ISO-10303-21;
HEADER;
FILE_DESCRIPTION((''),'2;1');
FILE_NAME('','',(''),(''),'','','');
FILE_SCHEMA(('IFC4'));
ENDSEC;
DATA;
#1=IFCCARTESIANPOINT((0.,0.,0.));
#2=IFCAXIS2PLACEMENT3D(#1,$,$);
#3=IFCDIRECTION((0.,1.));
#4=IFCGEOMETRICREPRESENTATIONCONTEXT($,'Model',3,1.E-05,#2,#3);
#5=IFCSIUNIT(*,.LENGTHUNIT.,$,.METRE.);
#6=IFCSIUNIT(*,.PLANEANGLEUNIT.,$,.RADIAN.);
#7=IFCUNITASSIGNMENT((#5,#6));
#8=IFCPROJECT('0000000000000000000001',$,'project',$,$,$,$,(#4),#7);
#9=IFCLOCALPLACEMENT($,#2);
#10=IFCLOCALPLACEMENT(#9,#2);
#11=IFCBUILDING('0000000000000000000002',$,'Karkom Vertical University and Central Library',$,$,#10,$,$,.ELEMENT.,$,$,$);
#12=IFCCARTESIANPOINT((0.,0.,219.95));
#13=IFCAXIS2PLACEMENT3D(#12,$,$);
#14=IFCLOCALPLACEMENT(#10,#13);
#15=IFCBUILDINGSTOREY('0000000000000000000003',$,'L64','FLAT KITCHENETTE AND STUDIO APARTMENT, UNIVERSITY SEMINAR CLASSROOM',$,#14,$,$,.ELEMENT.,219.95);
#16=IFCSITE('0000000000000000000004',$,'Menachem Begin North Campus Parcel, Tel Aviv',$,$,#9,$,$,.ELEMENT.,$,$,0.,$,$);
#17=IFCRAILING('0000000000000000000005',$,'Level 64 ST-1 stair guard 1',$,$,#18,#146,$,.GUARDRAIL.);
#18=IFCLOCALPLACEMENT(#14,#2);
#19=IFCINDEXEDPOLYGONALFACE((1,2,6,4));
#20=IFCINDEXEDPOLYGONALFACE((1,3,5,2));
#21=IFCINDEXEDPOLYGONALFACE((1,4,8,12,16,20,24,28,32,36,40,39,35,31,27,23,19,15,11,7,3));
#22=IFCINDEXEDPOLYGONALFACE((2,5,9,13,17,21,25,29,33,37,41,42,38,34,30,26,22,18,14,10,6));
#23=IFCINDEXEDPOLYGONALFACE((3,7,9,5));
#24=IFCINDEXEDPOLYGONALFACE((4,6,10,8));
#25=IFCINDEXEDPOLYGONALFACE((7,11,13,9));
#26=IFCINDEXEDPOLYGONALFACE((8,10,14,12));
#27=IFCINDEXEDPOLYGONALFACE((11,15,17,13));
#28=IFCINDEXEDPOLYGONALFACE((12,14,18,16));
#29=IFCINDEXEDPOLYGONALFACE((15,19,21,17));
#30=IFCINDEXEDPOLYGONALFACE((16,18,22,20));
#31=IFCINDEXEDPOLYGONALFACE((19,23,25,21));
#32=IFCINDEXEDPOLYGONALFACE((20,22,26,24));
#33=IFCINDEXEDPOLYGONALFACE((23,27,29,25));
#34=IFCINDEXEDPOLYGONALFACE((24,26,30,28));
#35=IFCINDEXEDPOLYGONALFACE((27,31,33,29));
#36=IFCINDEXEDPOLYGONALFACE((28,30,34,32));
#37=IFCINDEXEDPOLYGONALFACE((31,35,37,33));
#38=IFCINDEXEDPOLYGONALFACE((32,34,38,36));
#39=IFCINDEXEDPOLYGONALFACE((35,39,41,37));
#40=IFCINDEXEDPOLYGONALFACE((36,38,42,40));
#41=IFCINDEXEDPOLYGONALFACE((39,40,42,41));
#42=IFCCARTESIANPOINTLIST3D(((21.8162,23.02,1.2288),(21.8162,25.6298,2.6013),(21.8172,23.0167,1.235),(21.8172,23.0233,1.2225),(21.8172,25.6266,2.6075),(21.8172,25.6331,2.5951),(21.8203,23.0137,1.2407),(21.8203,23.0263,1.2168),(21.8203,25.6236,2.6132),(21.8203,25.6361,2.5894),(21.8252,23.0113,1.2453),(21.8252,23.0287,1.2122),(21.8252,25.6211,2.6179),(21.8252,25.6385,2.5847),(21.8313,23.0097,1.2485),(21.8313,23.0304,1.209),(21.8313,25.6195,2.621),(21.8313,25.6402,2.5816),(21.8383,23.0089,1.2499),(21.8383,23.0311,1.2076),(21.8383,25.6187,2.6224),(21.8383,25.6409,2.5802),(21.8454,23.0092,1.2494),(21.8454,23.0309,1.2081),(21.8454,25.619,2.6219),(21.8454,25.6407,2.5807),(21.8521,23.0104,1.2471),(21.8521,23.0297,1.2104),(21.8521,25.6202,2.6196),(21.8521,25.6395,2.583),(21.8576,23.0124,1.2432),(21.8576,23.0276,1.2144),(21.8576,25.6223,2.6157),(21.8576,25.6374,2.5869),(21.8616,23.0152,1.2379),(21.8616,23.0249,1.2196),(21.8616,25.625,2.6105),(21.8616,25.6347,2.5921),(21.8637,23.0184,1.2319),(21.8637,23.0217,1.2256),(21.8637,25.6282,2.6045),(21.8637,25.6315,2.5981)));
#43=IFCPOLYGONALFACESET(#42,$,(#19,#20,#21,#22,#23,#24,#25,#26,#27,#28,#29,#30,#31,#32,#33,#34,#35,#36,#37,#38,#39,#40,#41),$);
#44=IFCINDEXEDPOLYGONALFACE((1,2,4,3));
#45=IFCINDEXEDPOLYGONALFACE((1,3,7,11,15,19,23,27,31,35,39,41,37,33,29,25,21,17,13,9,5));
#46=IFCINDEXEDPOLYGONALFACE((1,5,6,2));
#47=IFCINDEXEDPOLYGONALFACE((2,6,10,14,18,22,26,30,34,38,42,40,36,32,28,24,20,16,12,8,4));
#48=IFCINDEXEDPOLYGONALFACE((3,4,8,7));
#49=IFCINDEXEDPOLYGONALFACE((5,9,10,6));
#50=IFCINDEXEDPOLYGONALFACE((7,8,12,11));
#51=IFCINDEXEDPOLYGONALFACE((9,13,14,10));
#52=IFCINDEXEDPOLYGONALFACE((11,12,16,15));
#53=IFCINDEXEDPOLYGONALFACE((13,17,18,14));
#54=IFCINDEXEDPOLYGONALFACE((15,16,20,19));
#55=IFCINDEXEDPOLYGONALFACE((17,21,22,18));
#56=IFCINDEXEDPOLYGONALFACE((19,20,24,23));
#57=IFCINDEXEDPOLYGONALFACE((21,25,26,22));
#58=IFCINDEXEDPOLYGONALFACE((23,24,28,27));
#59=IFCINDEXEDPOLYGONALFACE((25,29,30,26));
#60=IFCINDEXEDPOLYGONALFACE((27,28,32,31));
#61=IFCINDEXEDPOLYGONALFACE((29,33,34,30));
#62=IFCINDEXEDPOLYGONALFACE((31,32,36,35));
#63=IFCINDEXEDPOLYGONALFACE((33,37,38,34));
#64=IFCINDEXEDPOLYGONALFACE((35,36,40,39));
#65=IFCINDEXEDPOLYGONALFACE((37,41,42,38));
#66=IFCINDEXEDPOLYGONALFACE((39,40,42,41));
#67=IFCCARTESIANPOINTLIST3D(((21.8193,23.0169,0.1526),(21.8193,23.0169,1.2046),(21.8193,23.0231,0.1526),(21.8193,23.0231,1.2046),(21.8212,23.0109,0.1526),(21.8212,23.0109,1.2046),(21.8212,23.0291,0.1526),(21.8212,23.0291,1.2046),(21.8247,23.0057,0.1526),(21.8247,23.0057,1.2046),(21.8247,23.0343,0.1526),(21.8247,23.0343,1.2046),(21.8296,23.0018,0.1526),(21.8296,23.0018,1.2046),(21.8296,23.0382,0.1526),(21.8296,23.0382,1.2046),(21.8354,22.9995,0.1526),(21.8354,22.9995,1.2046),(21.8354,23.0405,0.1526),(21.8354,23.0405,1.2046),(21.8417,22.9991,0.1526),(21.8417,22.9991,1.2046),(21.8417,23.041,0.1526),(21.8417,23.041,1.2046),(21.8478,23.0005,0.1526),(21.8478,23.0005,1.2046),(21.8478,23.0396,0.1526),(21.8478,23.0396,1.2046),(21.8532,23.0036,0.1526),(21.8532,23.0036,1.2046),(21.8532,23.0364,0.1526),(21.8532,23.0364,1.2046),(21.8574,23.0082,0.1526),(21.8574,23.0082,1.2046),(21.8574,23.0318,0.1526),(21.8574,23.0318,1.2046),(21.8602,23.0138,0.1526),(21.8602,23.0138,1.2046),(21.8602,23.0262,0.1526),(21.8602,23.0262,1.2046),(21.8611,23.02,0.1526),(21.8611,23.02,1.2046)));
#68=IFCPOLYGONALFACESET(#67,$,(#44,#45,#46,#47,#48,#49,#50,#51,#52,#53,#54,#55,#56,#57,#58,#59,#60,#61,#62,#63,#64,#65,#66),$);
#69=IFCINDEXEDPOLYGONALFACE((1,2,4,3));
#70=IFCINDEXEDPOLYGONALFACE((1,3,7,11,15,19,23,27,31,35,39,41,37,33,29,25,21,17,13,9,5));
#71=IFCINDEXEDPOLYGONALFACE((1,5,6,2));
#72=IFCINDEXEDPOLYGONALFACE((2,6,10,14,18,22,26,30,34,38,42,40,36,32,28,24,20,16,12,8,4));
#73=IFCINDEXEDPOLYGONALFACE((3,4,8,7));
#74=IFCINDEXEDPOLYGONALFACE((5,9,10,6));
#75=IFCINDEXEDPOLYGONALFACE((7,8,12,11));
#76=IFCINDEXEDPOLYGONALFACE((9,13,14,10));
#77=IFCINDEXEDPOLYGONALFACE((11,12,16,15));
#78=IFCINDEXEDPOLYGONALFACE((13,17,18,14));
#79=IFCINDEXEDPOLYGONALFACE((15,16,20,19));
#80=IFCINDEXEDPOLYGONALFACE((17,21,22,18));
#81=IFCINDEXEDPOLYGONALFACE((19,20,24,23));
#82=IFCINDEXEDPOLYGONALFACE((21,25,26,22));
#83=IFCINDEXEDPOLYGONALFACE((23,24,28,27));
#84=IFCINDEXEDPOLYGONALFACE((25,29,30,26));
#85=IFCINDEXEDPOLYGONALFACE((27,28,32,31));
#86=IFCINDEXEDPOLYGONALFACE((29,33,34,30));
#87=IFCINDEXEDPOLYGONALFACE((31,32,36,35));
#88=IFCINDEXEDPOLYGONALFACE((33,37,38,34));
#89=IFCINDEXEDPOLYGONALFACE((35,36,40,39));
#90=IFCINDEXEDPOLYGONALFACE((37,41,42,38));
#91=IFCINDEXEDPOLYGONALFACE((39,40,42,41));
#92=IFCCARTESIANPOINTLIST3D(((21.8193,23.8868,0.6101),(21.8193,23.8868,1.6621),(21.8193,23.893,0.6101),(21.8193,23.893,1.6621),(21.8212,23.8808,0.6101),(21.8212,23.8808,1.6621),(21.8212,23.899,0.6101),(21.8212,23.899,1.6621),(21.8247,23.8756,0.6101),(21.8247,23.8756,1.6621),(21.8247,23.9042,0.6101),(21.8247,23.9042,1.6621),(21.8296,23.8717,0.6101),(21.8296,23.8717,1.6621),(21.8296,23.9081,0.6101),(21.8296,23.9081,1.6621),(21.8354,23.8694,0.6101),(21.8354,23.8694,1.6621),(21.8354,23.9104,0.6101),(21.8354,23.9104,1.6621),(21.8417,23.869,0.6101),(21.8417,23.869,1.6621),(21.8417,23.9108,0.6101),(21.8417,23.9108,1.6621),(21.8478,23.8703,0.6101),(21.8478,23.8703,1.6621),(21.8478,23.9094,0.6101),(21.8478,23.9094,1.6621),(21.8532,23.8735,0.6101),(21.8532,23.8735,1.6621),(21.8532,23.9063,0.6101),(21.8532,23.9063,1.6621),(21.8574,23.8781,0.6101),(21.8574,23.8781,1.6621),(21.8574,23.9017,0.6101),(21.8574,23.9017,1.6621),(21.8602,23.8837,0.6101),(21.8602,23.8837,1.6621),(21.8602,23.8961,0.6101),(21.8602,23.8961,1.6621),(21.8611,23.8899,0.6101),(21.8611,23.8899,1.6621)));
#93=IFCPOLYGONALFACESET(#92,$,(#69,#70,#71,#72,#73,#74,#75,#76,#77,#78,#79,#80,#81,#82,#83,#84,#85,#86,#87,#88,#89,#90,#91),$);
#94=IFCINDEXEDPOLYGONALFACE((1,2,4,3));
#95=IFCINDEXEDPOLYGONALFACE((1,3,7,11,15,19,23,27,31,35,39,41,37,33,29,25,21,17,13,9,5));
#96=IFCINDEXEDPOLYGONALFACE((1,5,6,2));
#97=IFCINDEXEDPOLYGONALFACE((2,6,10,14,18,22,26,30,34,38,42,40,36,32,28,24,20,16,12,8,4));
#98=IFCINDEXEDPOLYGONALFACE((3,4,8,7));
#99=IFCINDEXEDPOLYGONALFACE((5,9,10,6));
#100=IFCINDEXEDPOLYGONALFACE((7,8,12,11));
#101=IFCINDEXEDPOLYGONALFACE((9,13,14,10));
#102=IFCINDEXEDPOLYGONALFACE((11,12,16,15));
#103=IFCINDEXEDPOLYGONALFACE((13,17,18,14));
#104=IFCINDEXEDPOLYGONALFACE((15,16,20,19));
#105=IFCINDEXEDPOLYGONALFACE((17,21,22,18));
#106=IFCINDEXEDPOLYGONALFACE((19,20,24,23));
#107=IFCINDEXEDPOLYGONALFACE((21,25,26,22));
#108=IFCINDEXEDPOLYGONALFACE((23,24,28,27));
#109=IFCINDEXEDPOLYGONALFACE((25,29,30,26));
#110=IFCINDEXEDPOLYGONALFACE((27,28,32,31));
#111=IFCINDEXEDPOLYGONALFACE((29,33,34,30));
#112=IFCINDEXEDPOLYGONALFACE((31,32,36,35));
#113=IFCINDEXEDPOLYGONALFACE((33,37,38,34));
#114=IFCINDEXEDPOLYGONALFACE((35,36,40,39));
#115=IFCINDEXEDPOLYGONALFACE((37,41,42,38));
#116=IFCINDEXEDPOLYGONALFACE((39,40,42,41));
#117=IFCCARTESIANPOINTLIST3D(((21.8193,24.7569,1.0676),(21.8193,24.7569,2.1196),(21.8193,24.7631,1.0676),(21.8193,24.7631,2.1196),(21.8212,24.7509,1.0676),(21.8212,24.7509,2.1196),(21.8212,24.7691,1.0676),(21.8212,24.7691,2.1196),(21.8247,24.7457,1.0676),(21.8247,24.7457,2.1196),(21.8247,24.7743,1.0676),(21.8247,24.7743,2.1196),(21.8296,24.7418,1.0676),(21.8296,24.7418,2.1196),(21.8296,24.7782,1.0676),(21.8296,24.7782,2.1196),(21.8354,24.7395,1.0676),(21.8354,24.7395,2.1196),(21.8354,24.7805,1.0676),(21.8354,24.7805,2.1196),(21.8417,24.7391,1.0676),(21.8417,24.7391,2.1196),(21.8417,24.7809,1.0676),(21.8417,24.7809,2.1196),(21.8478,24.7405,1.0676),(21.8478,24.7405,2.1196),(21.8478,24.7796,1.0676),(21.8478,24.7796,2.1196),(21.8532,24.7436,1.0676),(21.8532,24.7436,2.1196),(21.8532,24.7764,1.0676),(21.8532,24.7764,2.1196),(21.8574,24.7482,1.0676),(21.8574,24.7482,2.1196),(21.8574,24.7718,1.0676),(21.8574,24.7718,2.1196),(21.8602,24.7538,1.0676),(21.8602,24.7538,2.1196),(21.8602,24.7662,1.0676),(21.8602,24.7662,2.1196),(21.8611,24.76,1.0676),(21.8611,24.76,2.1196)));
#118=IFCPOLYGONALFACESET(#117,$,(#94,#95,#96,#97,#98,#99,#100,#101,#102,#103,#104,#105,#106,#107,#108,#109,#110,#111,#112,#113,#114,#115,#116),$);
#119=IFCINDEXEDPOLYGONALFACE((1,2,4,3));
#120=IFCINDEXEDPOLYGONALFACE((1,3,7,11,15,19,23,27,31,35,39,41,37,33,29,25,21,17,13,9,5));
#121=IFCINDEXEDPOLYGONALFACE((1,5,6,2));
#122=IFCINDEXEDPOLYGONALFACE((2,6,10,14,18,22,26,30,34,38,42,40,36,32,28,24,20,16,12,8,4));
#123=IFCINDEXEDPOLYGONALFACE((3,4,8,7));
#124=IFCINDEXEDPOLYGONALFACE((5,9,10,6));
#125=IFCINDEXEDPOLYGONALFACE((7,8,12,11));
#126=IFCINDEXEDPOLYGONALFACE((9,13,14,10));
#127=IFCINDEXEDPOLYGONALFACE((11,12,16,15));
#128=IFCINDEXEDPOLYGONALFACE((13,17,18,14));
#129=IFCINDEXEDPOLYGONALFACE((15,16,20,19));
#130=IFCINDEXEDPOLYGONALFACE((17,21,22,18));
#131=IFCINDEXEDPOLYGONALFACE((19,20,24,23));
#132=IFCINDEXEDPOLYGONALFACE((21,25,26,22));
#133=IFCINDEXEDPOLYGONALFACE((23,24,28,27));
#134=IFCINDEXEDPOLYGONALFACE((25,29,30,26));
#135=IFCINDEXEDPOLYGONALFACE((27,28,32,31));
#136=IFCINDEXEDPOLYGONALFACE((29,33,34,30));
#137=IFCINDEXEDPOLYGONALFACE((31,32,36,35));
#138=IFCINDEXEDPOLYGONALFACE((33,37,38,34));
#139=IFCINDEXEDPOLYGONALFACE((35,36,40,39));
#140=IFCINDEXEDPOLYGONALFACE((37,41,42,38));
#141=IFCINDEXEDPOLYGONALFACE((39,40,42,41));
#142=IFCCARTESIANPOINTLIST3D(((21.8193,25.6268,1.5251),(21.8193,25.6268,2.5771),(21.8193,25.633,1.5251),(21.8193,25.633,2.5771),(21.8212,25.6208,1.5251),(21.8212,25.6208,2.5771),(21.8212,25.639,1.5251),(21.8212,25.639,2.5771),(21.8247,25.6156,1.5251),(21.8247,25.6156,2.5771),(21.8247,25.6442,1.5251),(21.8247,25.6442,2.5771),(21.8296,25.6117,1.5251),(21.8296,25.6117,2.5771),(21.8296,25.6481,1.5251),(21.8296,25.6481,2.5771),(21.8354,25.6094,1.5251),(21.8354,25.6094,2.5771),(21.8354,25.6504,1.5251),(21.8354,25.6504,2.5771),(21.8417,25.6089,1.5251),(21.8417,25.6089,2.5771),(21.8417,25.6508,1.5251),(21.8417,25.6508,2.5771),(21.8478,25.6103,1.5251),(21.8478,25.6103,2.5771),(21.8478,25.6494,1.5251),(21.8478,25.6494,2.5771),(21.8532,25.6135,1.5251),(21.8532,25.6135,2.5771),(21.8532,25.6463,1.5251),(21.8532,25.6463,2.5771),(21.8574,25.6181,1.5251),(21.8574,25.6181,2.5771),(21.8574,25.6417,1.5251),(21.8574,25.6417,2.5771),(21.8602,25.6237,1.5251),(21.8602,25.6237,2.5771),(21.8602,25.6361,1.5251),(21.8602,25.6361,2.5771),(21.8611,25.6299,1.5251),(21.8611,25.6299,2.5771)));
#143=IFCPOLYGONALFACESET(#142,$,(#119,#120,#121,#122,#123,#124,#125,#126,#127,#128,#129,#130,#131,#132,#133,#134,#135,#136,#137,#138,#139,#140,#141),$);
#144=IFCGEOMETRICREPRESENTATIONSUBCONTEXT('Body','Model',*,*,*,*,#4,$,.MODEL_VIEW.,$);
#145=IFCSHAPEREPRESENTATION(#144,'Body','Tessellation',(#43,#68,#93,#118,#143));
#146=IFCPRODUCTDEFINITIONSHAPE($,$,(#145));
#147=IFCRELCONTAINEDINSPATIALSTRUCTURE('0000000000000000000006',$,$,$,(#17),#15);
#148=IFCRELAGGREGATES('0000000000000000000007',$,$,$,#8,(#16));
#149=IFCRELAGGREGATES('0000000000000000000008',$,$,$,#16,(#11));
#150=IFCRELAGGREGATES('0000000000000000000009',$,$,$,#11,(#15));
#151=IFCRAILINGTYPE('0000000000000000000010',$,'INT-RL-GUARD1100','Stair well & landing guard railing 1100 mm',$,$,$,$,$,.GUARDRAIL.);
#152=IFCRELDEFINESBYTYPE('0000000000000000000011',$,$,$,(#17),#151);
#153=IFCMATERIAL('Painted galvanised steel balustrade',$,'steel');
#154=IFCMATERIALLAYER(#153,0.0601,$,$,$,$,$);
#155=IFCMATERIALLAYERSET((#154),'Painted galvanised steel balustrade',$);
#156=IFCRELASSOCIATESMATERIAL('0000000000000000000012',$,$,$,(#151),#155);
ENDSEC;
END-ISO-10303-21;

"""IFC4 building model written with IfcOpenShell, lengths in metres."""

from ifc_helpers import new_model, si_unit, direction, frame, origin, origin_2d, place, context, subcontext, project, spatial, circle, extrude, material, layer, layer_set, type_object, element, save


model = new_model("IFC4")

# Units and contexts
model_context = context("Model", 3, precision=1e-05, world=origin(), true_north=direction((0.0, 1.0)))
body_context = subcontext(model_context, "Body", "Model", "MODEL_VIEW")
ifc_project = project(units=[si_unit("LENGTHUNIT", "METRE"), si_unit("PLANEANGLEUNIT", "RADIAN")], contexts=[model_context])

# Site, building, storey
site_placement = place(None, origin())
site = spatial("IfcSite", under=ifc_project, at=site_placement, Name="Menachem Begin North Campus Parcel, Tel Aviv", CompositionType="ELEMENT", RefElevation=0.0)
building_placement = place(site_placement, origin())
building = spatial("IfcBuilding", under=site, at=building_placement, Name="Karkom Vertical University and Central Library", CompositionType="ELEMENT")
storey_placement = place(building_placement, frame((0.0, 0.0, 219.95)))
storey = spatial("IfcBuildingStorey", under=building, at=storey_placement, Name="L64", Description="FLAT KITCHENETTE AND STUDIO APARTMENT, UNIVERSITY SEMINAR CLASSROOM", CompositionType="ELEMENT", Elevation=219.95)

# Railing
ifc_material_1 = material(Name="Painted galvanised steel balustrade", Category="steel")
ifc_layer_1 = layer(ifc_material_1, 0.0601)
ifc_layer_set_1 = layer_set([ifc_layer_1], Name="Painted galvanised steel balustrade")
railing_type_1 = type_object("IfcRailingType", Name="INT-RL-GUARD1100", Description="Stair well & landing guard railing 1100 mm", PredefinedType="GUARDRAIL", material=ifc_layer_set_1)
railing_1_placement = place(storey_placement, frame((21.8401, 23.02, 0.1526)))
element("IfcRailing", 1, at=railing_1_placement, inside=storey, type_object=railing_type_1, Name="Level 64 ST-1 stair guard 1", PredefinedType="GUARDRAIL", context=body_context, shape_type="SweptSolid", body=[
    extrude(circle(Radius=0.0239, at=origin_2d()), frame((0.0, 0.0, 1.0762), z_axis=(0.0, 0.885065, 0.465467), x_axis=(-1.0, 0.0, 0.0)), (0.0, 0.0, 1.0), 2.9487),
    extrude(circle(Radius=0.021, at=origin_2d()), origin(), (0.0, 0.0, 1.0), 1.052),
    extrude(circle(Radius=0.021, at=origin_2d()), frame((0.0, 0.8699, 0.4575)), (0.0, 0.0, 1.0), 1.052),
    extrude(circle(Radius=0.021, at=origin_2d()), frame((0.0, 1.74, 0.915)), (0.0, 0.0, 1.0), 1.052),
    extrude(circle(Radius=0.021, at=origin_2d()), frame((0.0, 2.6099, 1.3726)), (0.0, 0.0, 1.0), 1.052),
])

save(model, "model.ifc")
